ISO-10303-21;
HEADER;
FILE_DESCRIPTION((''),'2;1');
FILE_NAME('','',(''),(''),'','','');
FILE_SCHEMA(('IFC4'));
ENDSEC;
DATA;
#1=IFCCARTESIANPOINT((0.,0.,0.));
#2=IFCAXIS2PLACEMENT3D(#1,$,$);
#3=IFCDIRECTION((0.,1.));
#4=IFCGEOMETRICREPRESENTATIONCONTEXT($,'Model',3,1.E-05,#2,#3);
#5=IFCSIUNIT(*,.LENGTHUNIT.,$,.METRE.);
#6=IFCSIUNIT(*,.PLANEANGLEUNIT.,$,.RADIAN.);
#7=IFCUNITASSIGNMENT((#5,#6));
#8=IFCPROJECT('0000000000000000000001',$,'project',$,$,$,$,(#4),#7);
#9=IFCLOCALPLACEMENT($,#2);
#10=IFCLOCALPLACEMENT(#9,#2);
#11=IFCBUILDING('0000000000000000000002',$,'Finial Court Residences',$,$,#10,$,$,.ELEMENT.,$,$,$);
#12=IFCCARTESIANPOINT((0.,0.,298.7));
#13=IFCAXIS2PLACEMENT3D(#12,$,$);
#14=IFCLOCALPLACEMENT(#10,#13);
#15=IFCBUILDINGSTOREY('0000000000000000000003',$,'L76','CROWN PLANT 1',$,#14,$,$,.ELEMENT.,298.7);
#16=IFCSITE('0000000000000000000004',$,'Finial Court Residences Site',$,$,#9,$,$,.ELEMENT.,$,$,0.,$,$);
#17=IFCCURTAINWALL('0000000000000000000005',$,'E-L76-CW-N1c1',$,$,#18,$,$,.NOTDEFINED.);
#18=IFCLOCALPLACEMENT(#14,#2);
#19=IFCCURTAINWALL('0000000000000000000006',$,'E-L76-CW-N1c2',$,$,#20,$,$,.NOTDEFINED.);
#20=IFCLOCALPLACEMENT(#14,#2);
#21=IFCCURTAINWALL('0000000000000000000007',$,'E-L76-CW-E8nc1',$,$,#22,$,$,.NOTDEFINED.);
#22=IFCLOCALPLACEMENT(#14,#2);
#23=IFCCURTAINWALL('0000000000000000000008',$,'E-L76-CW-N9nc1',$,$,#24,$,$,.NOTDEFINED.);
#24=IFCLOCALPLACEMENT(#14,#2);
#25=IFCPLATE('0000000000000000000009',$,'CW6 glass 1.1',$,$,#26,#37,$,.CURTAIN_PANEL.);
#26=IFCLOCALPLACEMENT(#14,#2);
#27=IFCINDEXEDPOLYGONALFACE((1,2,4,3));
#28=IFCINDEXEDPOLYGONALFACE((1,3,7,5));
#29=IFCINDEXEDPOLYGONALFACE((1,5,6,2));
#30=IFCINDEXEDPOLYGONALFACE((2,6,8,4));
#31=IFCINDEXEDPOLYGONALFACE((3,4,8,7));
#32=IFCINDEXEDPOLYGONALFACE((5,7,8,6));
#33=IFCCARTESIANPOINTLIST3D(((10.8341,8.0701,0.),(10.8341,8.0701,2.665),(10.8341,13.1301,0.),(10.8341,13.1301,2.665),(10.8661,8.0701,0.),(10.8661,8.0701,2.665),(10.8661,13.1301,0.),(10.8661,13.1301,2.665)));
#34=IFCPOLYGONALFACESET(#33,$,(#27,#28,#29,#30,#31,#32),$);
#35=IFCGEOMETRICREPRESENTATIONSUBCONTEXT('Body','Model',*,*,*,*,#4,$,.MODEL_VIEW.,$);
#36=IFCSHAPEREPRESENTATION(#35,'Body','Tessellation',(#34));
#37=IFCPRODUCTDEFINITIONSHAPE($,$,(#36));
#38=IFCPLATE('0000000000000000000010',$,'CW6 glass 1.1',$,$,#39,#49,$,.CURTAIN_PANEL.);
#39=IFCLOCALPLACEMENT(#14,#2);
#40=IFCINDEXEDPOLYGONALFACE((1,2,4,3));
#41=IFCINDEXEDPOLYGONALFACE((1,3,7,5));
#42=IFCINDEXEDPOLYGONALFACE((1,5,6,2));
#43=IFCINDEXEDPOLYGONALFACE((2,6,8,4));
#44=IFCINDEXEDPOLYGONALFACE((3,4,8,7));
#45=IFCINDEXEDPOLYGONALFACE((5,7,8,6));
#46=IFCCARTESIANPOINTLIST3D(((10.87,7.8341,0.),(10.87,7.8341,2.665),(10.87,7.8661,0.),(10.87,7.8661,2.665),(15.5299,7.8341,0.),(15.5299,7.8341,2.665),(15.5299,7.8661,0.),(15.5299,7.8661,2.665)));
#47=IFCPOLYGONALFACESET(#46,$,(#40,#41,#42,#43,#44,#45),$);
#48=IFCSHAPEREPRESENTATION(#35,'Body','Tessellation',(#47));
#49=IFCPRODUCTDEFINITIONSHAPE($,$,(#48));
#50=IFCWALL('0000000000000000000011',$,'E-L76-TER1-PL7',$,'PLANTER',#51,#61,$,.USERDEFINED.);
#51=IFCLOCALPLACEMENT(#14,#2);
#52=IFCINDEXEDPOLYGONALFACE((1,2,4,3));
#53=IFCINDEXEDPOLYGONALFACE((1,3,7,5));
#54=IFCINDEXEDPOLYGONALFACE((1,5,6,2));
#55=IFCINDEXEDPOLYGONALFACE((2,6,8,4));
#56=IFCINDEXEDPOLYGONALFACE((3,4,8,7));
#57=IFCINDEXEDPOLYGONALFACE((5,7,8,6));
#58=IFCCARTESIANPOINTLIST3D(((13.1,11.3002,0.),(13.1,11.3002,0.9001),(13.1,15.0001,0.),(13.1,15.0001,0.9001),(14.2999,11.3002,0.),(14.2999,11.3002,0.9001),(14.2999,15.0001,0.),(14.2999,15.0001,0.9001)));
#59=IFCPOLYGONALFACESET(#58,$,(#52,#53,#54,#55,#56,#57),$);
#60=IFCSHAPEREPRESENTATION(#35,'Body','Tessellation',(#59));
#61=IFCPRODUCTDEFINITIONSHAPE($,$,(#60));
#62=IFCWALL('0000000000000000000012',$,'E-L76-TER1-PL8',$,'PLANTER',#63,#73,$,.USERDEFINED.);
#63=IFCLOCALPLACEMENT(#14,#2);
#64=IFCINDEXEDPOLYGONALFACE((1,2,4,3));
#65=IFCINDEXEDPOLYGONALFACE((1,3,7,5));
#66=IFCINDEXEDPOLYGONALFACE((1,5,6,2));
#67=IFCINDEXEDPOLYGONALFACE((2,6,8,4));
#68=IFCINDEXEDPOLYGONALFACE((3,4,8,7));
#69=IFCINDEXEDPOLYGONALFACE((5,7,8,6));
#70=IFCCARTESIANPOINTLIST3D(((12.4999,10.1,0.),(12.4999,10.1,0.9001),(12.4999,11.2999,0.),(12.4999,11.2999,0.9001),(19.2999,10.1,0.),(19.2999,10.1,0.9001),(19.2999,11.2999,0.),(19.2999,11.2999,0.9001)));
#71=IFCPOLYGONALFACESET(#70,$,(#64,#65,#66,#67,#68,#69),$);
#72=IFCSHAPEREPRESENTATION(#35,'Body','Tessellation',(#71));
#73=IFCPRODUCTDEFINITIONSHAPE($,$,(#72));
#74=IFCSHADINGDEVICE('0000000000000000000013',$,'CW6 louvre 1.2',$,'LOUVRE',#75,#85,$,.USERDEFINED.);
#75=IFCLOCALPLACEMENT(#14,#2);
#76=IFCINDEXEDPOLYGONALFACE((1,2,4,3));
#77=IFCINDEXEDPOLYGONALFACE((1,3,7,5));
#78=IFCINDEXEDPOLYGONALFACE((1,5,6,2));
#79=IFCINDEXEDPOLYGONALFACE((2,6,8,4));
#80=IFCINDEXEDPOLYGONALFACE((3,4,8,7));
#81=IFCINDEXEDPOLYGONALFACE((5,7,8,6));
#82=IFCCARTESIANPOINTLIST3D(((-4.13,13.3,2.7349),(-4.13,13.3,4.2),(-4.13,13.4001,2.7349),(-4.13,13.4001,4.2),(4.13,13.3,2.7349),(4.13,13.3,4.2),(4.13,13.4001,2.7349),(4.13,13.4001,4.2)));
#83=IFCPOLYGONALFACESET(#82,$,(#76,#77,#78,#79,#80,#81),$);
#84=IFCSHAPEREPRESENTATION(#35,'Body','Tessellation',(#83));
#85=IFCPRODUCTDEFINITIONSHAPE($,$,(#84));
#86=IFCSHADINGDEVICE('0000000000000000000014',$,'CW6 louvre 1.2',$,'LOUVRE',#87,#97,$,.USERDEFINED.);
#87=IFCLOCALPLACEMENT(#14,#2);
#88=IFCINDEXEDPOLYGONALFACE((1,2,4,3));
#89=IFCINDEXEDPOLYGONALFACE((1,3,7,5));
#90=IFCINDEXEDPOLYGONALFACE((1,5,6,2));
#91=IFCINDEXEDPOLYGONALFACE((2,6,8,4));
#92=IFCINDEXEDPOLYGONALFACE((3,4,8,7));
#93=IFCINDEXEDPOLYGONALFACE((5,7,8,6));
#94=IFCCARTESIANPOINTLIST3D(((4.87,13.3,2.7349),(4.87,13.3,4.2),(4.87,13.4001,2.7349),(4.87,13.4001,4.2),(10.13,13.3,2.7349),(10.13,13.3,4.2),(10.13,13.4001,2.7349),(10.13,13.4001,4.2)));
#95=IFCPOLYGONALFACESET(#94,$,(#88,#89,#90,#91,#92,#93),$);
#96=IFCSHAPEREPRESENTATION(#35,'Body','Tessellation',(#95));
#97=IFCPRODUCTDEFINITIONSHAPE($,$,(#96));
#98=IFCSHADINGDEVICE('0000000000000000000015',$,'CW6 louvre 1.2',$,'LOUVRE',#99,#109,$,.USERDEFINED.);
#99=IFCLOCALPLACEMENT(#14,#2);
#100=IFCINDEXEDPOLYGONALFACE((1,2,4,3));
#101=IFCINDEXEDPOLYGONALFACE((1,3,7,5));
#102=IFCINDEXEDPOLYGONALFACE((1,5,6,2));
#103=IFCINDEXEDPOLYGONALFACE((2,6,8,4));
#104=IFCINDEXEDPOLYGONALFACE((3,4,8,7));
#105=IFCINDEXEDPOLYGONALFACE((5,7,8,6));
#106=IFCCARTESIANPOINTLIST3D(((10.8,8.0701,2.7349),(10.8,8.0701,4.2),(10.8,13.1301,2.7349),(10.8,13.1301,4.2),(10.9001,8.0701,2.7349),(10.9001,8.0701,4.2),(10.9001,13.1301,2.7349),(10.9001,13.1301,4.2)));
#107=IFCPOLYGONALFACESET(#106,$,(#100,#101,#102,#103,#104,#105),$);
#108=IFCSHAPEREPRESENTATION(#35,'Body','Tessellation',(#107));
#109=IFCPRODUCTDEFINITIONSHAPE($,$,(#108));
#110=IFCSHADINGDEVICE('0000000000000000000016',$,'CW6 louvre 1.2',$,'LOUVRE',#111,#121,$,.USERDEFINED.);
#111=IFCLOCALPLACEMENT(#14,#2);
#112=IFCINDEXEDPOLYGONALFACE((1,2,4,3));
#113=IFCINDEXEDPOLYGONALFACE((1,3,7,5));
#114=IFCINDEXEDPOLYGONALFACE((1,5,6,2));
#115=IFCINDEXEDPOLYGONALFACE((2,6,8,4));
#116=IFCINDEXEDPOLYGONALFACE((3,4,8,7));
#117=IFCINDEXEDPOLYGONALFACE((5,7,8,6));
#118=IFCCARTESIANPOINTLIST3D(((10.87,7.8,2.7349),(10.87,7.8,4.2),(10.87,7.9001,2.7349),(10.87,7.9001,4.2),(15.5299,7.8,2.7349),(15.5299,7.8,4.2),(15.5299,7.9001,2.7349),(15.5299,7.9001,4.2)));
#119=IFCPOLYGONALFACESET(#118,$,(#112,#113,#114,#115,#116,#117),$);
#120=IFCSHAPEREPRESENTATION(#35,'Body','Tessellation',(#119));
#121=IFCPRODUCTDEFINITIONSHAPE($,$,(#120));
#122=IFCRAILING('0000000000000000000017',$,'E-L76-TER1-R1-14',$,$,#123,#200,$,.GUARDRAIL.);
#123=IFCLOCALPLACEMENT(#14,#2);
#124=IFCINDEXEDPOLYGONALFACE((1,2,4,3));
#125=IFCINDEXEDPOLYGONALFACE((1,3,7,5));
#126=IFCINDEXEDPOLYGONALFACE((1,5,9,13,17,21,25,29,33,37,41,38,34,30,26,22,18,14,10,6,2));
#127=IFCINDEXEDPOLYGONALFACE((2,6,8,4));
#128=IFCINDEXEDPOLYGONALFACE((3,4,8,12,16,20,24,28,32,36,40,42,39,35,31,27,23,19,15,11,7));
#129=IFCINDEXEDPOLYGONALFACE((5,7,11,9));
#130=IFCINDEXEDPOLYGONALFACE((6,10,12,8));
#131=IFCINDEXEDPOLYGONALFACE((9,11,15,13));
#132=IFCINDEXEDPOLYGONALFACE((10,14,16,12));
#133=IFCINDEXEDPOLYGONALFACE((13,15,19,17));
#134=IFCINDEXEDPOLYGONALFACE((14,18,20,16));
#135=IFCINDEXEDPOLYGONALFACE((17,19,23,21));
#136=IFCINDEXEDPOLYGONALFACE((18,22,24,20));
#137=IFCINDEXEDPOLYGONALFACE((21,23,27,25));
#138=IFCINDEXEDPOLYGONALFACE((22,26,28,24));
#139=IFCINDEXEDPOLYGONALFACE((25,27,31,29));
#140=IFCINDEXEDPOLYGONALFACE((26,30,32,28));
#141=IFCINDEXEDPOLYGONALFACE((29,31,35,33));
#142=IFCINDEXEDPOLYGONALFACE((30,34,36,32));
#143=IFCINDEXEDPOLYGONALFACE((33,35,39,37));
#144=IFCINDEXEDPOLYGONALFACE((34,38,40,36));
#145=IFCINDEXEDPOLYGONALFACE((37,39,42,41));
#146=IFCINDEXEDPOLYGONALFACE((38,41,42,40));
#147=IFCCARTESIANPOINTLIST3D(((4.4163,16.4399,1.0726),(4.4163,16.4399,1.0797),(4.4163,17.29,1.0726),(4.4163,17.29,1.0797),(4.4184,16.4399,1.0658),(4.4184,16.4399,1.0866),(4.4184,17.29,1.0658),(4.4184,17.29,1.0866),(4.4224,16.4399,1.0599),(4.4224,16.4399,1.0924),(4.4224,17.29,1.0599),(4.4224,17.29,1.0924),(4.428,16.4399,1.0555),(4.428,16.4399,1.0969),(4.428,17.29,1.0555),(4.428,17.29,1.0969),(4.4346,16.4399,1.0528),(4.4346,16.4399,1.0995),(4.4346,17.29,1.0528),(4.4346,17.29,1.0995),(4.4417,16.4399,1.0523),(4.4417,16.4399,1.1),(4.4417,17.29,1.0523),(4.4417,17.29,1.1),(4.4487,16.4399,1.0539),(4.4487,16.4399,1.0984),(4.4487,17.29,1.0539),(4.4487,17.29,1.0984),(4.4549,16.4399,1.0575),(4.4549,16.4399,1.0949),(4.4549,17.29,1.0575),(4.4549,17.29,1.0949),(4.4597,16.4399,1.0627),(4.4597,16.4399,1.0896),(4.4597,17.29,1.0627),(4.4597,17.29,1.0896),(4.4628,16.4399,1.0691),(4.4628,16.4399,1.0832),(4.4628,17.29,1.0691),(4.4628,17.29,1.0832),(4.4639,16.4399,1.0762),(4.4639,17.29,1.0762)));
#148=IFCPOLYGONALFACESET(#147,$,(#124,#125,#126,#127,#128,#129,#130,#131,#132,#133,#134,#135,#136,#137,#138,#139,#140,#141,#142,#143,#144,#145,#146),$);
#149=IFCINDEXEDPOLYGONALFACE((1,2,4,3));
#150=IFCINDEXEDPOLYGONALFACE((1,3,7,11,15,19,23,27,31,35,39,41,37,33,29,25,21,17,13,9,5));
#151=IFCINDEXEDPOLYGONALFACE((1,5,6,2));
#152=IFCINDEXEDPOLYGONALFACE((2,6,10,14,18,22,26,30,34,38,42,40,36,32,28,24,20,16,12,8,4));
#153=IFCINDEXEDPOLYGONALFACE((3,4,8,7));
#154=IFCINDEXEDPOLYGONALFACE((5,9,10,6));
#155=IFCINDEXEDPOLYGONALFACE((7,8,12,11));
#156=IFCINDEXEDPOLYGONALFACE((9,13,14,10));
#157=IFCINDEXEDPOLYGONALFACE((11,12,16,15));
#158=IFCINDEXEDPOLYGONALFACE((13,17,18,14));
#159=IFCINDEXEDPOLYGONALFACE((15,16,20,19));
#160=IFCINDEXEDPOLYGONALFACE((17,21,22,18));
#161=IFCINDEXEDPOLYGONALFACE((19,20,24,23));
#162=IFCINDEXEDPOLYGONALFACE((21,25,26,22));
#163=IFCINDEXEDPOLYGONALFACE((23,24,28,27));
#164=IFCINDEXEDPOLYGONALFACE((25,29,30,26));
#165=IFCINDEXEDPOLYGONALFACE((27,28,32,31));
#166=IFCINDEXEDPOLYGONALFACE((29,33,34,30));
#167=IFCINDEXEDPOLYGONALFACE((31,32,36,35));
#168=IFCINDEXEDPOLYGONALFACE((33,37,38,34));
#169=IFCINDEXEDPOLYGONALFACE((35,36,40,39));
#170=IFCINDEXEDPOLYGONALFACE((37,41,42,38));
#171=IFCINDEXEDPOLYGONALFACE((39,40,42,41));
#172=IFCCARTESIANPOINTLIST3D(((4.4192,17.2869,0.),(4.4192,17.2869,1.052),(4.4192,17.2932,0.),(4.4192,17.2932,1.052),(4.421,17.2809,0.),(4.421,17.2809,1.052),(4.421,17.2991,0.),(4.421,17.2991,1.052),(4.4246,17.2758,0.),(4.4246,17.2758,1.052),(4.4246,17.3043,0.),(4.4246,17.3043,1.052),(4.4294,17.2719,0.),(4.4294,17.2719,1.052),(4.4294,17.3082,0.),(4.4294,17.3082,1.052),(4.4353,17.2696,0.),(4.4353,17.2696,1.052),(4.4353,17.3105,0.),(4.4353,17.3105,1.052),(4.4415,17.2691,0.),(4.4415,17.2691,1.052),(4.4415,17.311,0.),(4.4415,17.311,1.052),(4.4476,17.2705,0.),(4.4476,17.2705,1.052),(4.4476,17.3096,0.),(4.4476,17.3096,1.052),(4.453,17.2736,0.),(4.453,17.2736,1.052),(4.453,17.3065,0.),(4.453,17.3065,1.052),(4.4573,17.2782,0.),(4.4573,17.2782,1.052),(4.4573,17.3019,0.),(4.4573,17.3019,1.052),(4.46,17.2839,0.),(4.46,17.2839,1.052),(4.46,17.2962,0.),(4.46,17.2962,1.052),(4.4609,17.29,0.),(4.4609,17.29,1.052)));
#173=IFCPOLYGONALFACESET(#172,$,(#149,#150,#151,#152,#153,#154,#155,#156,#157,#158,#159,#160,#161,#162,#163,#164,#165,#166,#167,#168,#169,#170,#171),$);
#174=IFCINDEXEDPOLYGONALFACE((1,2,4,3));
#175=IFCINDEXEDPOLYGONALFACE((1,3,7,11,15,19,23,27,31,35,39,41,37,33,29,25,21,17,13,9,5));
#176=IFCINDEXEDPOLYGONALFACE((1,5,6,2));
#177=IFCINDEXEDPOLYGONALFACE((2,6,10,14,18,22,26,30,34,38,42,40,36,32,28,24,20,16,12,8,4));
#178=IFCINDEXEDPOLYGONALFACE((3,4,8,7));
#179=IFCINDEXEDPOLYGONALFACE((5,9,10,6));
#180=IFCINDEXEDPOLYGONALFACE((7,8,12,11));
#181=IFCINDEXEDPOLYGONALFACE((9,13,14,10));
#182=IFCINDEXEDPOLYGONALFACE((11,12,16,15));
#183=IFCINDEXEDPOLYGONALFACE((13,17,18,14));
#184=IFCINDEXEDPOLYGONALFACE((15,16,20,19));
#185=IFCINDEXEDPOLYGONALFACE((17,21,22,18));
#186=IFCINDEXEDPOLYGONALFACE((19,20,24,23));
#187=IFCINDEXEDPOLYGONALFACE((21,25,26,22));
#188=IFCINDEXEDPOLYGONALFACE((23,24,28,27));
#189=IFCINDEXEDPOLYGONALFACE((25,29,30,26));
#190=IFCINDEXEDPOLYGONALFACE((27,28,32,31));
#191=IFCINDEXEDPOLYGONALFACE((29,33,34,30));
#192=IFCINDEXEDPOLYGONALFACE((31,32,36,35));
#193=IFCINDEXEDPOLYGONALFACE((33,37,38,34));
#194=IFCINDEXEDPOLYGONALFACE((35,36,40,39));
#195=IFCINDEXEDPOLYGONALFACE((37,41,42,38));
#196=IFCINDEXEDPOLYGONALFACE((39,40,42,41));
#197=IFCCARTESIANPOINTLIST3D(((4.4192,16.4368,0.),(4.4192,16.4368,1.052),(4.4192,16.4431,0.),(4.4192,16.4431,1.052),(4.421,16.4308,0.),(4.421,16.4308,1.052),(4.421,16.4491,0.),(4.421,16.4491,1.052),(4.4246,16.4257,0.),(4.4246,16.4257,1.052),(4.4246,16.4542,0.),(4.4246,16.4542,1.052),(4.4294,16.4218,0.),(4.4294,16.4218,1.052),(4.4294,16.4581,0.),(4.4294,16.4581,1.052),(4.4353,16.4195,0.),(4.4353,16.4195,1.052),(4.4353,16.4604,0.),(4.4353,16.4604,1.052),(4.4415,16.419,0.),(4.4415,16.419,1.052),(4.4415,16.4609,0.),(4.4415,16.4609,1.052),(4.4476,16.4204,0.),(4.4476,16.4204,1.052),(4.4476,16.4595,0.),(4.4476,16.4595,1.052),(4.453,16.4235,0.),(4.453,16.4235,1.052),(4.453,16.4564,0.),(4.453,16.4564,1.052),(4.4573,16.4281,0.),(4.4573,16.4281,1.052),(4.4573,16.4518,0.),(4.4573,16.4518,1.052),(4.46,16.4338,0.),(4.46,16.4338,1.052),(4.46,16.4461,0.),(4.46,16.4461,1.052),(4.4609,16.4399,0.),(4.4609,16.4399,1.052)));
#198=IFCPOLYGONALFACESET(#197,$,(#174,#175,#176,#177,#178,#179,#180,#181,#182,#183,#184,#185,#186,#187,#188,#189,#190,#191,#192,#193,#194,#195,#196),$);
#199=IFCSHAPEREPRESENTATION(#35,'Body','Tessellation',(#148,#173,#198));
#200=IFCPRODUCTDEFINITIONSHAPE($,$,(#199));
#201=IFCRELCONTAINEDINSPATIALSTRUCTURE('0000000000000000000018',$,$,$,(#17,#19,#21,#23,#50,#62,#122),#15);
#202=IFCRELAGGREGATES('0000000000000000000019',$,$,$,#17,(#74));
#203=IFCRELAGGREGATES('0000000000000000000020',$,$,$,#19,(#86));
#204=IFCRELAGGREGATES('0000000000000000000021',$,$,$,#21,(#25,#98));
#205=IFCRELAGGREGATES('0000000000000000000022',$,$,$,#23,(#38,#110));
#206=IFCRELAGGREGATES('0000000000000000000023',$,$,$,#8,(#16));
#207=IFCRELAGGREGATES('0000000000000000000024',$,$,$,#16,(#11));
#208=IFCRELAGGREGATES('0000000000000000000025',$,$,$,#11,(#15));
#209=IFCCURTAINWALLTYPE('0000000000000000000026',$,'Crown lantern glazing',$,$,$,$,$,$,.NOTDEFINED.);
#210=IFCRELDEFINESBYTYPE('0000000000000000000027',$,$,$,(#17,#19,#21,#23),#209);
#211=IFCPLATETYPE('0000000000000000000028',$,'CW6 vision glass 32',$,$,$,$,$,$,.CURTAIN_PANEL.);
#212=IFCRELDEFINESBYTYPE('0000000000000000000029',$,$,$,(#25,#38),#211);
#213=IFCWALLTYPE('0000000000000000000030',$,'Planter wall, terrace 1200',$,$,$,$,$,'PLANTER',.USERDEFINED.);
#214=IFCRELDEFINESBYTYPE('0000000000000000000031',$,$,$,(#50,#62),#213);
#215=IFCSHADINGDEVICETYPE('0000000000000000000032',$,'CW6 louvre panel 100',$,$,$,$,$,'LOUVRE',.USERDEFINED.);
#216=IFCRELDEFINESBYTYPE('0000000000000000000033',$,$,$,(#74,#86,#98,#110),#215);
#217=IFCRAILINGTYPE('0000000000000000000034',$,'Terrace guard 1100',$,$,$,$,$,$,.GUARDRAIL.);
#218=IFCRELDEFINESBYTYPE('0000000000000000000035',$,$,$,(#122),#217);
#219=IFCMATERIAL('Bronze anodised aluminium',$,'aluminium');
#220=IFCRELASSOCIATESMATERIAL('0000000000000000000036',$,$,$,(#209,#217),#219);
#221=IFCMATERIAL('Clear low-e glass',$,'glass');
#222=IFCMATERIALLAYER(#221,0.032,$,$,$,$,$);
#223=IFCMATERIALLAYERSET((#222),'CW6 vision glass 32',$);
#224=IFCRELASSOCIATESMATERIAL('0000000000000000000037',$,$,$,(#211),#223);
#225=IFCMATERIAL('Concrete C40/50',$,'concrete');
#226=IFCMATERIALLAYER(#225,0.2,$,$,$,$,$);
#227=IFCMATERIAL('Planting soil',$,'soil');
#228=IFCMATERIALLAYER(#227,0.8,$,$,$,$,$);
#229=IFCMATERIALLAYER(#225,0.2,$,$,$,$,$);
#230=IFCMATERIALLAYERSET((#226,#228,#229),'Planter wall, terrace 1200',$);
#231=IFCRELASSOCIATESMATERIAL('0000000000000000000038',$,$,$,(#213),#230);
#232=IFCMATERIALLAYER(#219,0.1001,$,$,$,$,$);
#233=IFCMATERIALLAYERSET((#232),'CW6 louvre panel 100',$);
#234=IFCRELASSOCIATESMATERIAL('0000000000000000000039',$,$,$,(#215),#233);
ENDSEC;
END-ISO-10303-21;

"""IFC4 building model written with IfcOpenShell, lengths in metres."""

from ifc_helpers import new_model, si_unit, direction, frame, frame_2d, origin, origin_2d, place, context, subcontext, project, spatial, rectangle, circle, extrude, material, layer, layer_set, type_object, element, aggregate, save


model = new_model("IFC4")

# Units and contexts
model_context = context("Model", 3, precision=1e-05, world=origin(), true_north=direction((0.0, 1.0)))
body_context = subcontext(model_context, "Body", "Model", "MODEL_VIEW")
ifc_project = project(units=[si_unit("LENGTHUNIT", "METRE"), si_unit("PLANEANGLEUNIT", "RADIAN")], contexts=[model_context])

# Site, building, storey
site_placement = place(None, origin())
site = spatial("IfcSite", under=ifc_project, at=site_placement, Name="Finial Court Residences Site", CompositionType="ELEMENT", RefElevation=0.0)
building_placement = place(site_placement, origin())
building = spatial("IfcBuilding", under=site, at=building_placement, Name="Finial Court Residences", CompositionType="ELEMENT")
storey_placement = place(building_placement, frame((0.0, 0.0, 298.7)))
storey = spatial("IfcBuildingStorey", under=building, at=storey_placement, Name="L76", Description="CROWN PLANT 1", CompositionType="ELEMENT", Elevation=298.7)

# Shared definitions
ifc_material_1 = material(Name="Concrete C40/50", Category="concrete")

# Curtain wall
ifc_material_2 = material(Name="Bronze anodised aluminium", Category="aluminium")
curtain_wall_type = type_object("IfcCurtainWallType", Name="Crown lantern glazing", PredefinedType="NOTDEFINED", material=ifc_material_2)
curtain_wall_1_placement = place(storey_placement, origin())
curtain_wall_1 = element("IfcCurtainWall", 1, at=curtain_wall_1_placement, inside=storey, type_object=curtain_wall_type, Name="E-L76-CW-N1c1", PredefinedType="NOTDEFINED")

# Curtain walls
curtain_wall_2_placement = place(storey_placement, origin())
curtain_wall_2 = element("IfcCurtainWall", 2, at=curtain_wall_2_placement, inside=storey, type_object=curtain_wall_type, Name="E-L76-CW-N1c2", PredefinedType="NOTDEFINED")
curtain_wall_3_placement = place(storey_placement, origin())
curtain_wall_3 = element("IfcCurtainWall", 3, at=curtain_wall_3_placement, inside=storey, type_object=curtain_wall_type, Name="E-L76-CW-E8nc1", PredefinedType="NOTDEFINED")
curtain_wall_4_placement = place(storey_placement, origin())
curtain_wall_4 = element("IfcCurtainWall", 4, at=curtain_wall_4_placement, inside=storey, type_object=curtain_wall_type, Name="E-L76-CW-N9nc1", PredefinedType="NOTDEFINED")

# Plates
ifc_material_3 = material(Name="Clear low-e glass", Category="glass")
ifc_layer_1 = layer(ifc_material_3, 0.032)
ifc_layer_set_1 = layer_set([ifc_layer_1], Name="CW6 vision glass 32")
plate_type = type_object("IfcPlateType", Name="CW6 vision glass 32", PredefinedType="CURTAIN_PANEL", material=ifc_layer_set_1)
plate_1_placement = place(storey_placement, frame((10.8501, 10.6001, 0.0), z_axis=(0.0, 0.0, 1.0), x_axis=(0.0, 1.0, 0.0)))
plate_1 = element("IfcPlate", 5, at=plate_1_placement, type_object=plate_type, Name="CW6 glass 1.1", PredefinedType="CURTAIN_PANEL", context=body_context, shape_type="SweptSolid", body=[
    extrude(rectangle(XDim=5.0601, YDim=0.032, at=origin_2d()), origin(), (0.0, 0.0, 1.0), 2.665),
])
plate_2_placement = place(storey_placement, frame((13.2, 7.8501, 0.0), z_axis=(0.0, 0.0, 1.0), x_axis=(1.0, 0.0, 0.0)))
plate_2 = element("IfcPlate", 6, at=plate_2_placement, type_object=plate_type, Name="CW6 glass 1.1", PredefinedType="CURTAIN_PANEL", context=body_context, shape_type="SweptSolid", body=[
    extrude(rectangle(XDim=4.6599, YDim=0.032, at=origin_2d()), origin(), (0.0, 0.0, 1.0), 2.665),
])

# Walls
ifc_layer_2 = layer(ifc_material_1, 0.2)
ifc_material_4 = material(Name="Planting soil", Category="soil")
ifc_layer_3 = layer(ifc_material_4, 0.8)
ifc_layer_4 = layer(ifc_material_1, 0.2)
ifc_layer_set_2 = layer_set([ifc_layer_2, ifc_layer_3, ifc_layer_4], Name="Planter wall, terrace 1200")
wall_type = type_object("IfcWallType", Name="Planter wall, terrace 1200", ElementType="PLANTER", PredefinedType="USERDEFINED", material=ifc_layer_set_2)
wall_1_placement = place(storey_placement, frame((13.7, 11.3, 0.0), z_axis=(0.0, 0.0, 1.0), x_axis=(0.0, 1.0, 0.0)))
element("IfcWall", 7, at=wall_1_placement, inside=storey, type_object=wall_type, Name="E-L76-TER1-PL7", ObjectType="PLANTER", PredefinedType="USERDEFINED", context=body_context, shape_type="SweptSolid", body=[
    extrude(rectangle(XDim=3.7, YDim=1.2, at=frame_2d((1.8501, 0.0))), origin(), (0.0, 0.0, 1.0), 0.9001),
])
wall_2_placement = place(storey_placement, frame((12.5, 10.7, 0.0), z_axis=(0.0, 0.0, 1.0), x_axis=(1.0, 0.0, 0.0)))
element("IfcWall", 8, at=wall_2_placement, inside=storey, type_object=wall_type, Name="E-L76-TER1-PL8", ObjectType="PLANTER", PredefinedType="USERDEFINED", context=body_context, shape_type="SweptSolid", body=[
    extrude(rectangle(XDim=6.8, YDim=1.2, at=frame_2d((3.3999, 0.0))), origin(), (0.0, 0.0, 1.0), 0.9001),
])

# Shading devices
ifc_layer_5 = layer(ifc_material_2, 0.1001)
ifc_layer_set_3 = layer_set([ifc_layer_5], Name="CW6 louvre panel 100")
shading_device_type = type_object("IfcShadingDeviceType", Name="CW6 louvre panel 100", ElementType="LOUVRE", PredefinedType="USERDEFINED", material=ifc_layer_set_3)
shading_device_1_placement = place(storey_placement, frame((0.0, 13.3501, 2.7349), z_axis=(0.0, 0.0, 1.0), x_axis=(1.0, 0.0, 0.0)))
shading_device_1 = element("IfcShadingDevice", 9, at=shading_device_1_placement, type_object=shading_device_type, Name="CW6 louvre 1.2", ObjectType="LOUVRE", PredefinedType="USERDEFINED", context=body_context, shape_type="SweptSolid", body=[
    extrude(rectangle(XDim=8.26, YDim=0.1001, at=origin_2d()), origin(), (0.0, 0.0, 1.0), 1.4651),
])
aggregate(curtain_wall_1, [shading_device_1])
shading_device_2_placement = place(storey_placement, frame((7.5, 13.3501, 2.7349), z_axis=(0.0, 0.0, 1.0), x_axis=(1.0, 0.0, 0.0)))
shading_device_2 = element("IfcShadingDevice", 10, at=shading_device_2_placement, type_object=shading_device_type, Name="CW6 louvre 1.2", ObjectType="LOUVRE", PredefinedType="USERDEFINED", context=body_context, shape_type="SweptSolid", body=[
    extrude(rectangle(XDim=5.26, YDim=0.1001, at=origin_2d()), origin(), (0.0, 0.0, 1.0), 1.4651),
])
aggregate(curtain_wall_2, [shading_device_2])
shading_device_3_placement = place(storey_placement, frame((10.8501, 10.6001, 2.7349), z_axis=(0.0, 0.0, 1.0), x_axis=(0.0, 1.0, 0.0)))
shading_device_3 = element("IfcShadingDevice", 11, at=shading_device_3_placement, type_object=shading_device_type, Name="CW6 louvre 1.2", ObjectType="LOUVRE", PredefinedType="USERDEFINED", context=body_context, shape_type="SweptSolid", body=[
    extrude(rectangle(XDim=5.0601, YDim=0.1001, at=origin_2d()), origin(), (0.0, 0.0, 1.0), 1.4651),
])
aggregate(curtain_wall_3, [plate_1, shading_device_3])
shading_device_4_placement = place(storey_placement, frame((13.2, 7.8501, 2.7349), z_axis=(0.0, 0.0, 1.0), x_axis=(1.0, 0.0, 0.0)))
shading_device_4 = element("IfcShadingDevice", 12, at=shading_device_4_placement, type_object=shading_device_type, Name="CW6 louvre 1.2", ObjectType="LOUVRE", PredefinedType="USERDEFINED", context=body_context, shape_type="SweptSolid", body=[
    extrude(rectangle(XDim=4.6599, YDim=0.1001, at=origin_2d()), origin(), (0.0, 0.0, 1.0), 1.4651),
])
aggregate(curtain_wall_4, [plate_2, shading_device_4])

# Railing
railing_type = type_object("IfcRailingType", Name="Terrace guard 1100", PredefinedType="GUARDRAIL", material=ifc_material_2)
railing_1_placement = place(storey_placement, frame((4.4399, 17.29, 0.0)))
element("IfcRailing", 13, at=railing_1_placement, inside=storey, type_object=railing_type, Name="E-L76-TER1-R1-14", PredefinedType="GUARDRAIL", context=body_context, shape_type="SweptSolid", body=[
    extrude(circle(Radius=0.0239, at=origin_2d()), frame((0.0, 0.0, 1.0762), z_axis=(0.0, -1.0, 0.0), x_axis=(1.0, 0.0, 0.0)), (0.0, 0.0, 1.0), 0.8501),
    extrude(circle(Radius=0.021, at=origin_2d()), origin(), (0.0, 0.0, 1.0), 1.052),
    extrude(circle(Radius=0.021, at=origin_2d()), frame((0.0, -0.8501, 0.0)), (0.0, 0.0, 1.0), 1.052),
])

save(model, "model.ifc")
